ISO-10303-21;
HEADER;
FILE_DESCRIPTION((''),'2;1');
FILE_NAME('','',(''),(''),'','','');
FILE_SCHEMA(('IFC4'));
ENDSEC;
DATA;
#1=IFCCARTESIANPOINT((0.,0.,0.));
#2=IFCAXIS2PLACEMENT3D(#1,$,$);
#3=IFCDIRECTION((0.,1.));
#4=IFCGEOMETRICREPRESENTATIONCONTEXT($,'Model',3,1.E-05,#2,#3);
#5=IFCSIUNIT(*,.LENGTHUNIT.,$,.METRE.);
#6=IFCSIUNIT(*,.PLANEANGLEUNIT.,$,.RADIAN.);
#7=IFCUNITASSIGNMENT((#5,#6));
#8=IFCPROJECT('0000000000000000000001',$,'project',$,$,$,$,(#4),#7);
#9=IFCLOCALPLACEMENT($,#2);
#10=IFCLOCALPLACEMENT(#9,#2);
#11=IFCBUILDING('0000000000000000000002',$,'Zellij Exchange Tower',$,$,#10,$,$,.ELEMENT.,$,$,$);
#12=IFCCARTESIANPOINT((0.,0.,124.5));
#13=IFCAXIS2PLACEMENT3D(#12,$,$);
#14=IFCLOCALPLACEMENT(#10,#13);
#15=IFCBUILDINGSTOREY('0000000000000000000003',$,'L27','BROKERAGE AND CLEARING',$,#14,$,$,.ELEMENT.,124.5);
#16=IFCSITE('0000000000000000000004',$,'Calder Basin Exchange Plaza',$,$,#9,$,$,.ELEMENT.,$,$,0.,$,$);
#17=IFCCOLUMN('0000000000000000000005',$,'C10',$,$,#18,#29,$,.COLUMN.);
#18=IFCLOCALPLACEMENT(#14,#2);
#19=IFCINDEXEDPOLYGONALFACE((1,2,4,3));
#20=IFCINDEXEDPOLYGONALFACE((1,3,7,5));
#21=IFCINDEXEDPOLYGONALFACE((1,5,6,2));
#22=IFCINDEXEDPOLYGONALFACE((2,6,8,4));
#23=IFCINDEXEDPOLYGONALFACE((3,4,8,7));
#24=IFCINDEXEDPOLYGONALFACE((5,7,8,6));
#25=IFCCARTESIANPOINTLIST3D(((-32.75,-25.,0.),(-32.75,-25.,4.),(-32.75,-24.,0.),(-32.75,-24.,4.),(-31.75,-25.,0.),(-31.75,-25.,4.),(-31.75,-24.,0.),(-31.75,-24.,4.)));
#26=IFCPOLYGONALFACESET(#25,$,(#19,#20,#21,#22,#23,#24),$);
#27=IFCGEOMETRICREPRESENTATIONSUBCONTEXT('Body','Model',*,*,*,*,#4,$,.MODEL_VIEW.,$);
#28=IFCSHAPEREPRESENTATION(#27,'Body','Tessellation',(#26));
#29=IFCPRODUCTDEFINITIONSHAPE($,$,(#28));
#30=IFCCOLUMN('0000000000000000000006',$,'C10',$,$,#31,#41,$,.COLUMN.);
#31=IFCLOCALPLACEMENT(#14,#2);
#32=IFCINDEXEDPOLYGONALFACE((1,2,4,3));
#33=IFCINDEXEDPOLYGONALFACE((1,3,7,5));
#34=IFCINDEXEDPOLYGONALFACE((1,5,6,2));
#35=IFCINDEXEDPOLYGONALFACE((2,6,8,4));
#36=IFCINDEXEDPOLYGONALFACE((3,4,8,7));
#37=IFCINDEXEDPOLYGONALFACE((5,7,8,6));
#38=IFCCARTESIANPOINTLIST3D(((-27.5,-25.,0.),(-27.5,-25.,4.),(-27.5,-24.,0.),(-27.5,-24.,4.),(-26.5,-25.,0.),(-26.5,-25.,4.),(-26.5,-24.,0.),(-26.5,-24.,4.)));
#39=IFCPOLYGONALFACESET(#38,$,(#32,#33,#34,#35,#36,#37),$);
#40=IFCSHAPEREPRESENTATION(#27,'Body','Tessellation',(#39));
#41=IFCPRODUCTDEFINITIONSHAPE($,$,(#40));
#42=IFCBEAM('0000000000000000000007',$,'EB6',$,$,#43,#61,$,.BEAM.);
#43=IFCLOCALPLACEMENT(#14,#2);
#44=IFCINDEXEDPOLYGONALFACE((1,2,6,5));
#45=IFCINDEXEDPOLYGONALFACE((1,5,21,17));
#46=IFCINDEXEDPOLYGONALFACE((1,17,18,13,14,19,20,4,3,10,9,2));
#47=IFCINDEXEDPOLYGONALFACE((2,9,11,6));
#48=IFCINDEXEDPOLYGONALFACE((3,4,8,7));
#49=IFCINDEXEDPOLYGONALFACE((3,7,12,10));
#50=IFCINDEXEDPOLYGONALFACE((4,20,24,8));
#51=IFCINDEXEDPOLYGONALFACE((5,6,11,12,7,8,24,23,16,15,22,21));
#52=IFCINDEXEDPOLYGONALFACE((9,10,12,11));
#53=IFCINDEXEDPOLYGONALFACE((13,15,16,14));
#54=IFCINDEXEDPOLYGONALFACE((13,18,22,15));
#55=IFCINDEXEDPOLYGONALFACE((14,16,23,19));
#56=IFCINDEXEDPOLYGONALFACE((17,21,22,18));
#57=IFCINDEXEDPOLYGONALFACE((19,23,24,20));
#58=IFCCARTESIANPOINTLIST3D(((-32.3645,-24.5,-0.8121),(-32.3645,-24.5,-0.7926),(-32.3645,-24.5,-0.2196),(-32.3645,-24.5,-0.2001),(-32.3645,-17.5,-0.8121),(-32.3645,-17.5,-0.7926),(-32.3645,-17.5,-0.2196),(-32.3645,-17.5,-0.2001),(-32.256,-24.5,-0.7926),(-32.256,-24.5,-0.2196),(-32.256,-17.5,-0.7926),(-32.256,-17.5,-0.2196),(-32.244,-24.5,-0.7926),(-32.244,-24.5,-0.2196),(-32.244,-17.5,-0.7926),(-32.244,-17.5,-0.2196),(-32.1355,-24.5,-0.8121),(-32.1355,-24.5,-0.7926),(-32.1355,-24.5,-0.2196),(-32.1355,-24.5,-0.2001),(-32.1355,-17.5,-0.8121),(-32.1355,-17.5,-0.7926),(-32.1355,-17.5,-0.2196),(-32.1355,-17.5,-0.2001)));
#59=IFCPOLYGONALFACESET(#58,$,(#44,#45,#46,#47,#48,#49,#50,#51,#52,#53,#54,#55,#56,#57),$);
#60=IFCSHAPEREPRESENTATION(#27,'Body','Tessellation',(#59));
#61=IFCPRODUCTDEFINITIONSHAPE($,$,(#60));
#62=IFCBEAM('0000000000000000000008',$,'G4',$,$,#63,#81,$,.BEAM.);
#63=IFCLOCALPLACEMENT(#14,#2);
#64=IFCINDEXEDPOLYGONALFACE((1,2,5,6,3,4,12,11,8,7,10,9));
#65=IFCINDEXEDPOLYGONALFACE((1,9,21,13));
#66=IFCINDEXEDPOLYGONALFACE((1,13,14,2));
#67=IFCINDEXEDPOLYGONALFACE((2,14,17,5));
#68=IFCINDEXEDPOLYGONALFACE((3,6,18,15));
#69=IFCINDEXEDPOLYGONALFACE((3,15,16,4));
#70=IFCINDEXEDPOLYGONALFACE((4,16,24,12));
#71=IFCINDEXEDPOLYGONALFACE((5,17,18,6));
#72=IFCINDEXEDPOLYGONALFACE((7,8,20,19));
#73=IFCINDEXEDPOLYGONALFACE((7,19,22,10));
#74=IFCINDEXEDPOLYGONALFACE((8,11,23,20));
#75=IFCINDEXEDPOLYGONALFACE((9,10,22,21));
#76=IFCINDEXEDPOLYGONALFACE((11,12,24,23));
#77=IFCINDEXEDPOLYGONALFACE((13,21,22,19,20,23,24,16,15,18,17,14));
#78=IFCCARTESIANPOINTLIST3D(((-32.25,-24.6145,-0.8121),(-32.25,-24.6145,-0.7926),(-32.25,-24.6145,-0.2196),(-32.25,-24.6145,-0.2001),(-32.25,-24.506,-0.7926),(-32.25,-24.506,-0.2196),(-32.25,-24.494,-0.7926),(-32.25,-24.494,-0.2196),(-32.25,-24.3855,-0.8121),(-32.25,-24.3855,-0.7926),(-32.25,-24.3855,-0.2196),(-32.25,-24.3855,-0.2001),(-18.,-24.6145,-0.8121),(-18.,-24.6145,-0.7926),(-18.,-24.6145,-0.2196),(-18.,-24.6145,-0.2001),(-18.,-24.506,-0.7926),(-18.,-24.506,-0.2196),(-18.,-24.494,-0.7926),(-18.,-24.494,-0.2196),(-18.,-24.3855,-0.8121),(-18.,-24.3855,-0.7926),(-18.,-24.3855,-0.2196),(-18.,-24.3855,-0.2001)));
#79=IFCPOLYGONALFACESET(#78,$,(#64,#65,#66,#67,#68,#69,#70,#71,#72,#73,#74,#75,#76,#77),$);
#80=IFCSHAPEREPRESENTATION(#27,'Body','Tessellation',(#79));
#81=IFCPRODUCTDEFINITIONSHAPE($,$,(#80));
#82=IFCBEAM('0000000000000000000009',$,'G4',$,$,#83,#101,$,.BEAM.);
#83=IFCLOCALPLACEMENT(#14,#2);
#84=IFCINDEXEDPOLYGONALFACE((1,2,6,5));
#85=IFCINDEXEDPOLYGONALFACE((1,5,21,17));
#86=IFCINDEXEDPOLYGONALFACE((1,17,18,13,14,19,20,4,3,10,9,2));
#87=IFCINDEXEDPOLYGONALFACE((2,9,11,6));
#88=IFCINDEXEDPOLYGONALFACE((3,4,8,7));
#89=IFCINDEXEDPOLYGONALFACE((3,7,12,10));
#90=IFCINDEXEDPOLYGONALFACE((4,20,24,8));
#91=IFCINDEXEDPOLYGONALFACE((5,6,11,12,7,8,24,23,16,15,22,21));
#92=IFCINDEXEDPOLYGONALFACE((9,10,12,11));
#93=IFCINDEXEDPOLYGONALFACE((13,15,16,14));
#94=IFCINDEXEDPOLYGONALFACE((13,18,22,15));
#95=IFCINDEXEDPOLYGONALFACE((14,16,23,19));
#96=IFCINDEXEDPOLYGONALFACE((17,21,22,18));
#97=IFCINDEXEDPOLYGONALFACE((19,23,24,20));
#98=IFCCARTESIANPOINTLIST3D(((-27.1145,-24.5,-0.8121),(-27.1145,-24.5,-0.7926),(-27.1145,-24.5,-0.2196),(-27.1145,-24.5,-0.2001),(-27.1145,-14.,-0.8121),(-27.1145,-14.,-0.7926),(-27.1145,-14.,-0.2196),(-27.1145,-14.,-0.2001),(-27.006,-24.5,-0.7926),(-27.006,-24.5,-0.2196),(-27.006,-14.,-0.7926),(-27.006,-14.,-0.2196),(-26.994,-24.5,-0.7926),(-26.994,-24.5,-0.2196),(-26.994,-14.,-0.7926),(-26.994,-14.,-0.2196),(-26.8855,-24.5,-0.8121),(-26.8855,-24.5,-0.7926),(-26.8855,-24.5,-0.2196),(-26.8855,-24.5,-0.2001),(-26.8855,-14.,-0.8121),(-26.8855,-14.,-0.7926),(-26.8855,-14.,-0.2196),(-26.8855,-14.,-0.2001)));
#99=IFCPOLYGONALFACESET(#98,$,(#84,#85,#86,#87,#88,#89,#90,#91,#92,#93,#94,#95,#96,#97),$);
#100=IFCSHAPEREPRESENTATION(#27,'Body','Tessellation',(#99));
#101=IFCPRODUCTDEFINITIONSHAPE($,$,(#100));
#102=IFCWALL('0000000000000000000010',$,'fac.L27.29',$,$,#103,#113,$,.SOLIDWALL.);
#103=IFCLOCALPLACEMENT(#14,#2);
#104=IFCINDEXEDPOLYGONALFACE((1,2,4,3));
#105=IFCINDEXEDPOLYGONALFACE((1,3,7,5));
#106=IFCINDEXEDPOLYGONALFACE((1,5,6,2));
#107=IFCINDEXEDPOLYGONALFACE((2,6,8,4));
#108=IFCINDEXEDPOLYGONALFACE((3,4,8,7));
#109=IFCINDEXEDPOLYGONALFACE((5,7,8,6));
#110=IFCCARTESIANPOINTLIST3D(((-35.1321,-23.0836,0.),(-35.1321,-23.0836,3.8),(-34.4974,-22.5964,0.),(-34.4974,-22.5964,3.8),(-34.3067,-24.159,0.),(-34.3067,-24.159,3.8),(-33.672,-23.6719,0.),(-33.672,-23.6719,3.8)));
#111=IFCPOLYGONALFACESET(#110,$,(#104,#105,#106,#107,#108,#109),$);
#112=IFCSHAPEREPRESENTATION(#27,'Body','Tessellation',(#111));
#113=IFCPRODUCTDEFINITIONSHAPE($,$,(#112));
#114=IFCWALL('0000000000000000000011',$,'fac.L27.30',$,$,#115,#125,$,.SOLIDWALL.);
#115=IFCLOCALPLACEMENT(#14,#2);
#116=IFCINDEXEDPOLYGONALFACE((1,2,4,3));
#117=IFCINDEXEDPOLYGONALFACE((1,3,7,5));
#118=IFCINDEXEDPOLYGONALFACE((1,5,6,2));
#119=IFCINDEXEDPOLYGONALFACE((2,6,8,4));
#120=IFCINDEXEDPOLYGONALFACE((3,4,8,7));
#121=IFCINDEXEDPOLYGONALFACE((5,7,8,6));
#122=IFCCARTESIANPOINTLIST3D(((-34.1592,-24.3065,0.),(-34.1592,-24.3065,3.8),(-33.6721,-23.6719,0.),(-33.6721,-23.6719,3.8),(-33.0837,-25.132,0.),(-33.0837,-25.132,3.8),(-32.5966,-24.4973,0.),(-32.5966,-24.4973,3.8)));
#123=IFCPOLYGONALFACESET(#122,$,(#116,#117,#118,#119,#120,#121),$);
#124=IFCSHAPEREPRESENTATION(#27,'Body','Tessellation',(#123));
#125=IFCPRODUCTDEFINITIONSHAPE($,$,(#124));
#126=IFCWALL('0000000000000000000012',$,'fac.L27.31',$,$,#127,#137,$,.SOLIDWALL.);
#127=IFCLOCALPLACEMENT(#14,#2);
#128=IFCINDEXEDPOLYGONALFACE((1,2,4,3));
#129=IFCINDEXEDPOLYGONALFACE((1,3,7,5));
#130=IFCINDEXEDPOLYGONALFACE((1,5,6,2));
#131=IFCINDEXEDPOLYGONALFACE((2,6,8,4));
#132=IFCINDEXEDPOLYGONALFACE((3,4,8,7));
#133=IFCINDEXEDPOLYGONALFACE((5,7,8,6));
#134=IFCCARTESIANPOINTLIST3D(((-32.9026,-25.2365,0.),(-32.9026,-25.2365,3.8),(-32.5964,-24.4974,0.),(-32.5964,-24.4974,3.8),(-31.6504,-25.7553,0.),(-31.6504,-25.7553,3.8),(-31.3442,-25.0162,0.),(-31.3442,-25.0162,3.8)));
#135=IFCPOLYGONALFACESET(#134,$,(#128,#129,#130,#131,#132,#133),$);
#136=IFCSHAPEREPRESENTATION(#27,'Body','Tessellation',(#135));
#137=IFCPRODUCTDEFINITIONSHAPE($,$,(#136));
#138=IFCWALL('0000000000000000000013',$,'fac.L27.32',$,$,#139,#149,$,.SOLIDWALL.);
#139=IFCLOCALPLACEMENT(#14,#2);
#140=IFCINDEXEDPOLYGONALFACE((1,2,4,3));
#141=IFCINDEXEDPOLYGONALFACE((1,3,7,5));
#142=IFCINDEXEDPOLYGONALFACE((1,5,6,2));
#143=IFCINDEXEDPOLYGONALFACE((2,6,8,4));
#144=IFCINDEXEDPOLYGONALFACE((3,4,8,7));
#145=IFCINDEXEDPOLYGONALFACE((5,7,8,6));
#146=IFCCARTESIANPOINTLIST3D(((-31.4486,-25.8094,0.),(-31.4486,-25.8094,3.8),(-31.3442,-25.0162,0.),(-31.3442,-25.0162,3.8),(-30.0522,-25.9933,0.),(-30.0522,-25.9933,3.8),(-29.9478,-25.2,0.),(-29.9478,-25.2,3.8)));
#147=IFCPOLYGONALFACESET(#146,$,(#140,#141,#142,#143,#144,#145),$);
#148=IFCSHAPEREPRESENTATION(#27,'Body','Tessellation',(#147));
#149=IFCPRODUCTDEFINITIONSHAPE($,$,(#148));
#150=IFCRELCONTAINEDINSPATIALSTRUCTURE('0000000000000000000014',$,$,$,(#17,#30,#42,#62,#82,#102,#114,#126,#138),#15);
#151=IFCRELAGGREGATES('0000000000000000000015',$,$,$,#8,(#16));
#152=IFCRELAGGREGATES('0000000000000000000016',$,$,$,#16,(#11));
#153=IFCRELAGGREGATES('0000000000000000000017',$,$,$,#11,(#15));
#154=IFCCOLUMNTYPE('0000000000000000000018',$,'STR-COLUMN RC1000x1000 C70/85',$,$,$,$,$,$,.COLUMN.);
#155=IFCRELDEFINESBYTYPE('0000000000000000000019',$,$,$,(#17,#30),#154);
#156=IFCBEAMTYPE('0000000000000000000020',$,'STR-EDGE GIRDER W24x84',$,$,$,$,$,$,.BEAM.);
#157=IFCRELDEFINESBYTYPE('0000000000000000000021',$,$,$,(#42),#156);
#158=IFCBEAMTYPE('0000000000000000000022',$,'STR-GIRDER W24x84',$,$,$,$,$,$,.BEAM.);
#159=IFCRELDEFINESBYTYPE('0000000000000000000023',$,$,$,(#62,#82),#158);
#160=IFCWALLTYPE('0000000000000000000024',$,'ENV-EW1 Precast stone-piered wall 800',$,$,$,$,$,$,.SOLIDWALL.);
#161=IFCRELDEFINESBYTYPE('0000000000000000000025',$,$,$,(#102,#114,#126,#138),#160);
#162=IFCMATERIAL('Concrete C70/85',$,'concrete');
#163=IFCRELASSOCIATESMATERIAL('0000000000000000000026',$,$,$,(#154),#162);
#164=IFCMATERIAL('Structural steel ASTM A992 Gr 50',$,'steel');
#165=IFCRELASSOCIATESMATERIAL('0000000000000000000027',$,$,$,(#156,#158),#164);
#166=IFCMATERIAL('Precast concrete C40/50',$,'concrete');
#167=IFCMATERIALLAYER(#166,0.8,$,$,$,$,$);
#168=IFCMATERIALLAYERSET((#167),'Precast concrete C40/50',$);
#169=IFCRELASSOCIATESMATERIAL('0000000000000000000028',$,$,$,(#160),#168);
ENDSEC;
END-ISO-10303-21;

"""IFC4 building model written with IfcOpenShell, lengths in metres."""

from ifc_helpers import new_model, si_unit, direction, frame, frame_2d, origin, origin_2d, place, context, subcontext, project, spatial, rectangle, i_section, extrude, material, layer, layer_set, material_profile, profile_set, type_object, element, save


model = new_model("IFC4")

# Units and contexts
model_context = context("Model", 3, precision=1e-05, world=origin(), true_north=direction((0.0, 1.0)))
body_context = subcontext(model_context, "Body", "Model", "MODEL_VIEW")
ifc_project = project(units=[si_unit("LENGTHUNIT", "METRE"), si_unit("PLANEANGLEUNIT", "RADIAN")], contexts=[model_context])

# Site, building, storey
site_placement = place(None, origin())
site = spatial("IfcSite", under=ifc_project, at=site_placement, Name="Calder Basin Exchange Plaza", CompositionType="ELEMENT", RefElevation=0.0)
building_placement = place(site_placement, origin())
building = spatial("IfcBuilding", under=site, at=building_placement, Name="Zellij Exchange Tower", CompositionType="ELEMENT")
storey_placement = place(building_placement, frame((0.0, 0.0, 124.5)))
storey = spatial("IfcBuildingStorey", under=building, at=storey_placement, Name="L27", Description="BROKERAGE AND CLEARING", CompositionType="ELEMENT", Elevation=124.5)

# Columns
ifc_material_1 = material(Name="Concrete C70/85", Category="concrete")
ifc_material_profile_1 = material_profile(ifc_material_1, rectangle(XDim=1.0, YDim=1.0, at=origin_2d()), Name="STR-COLUMN RC1000x1000 C70/85")
ifc_profile_set_1 = profile_set([ifc_material_profile_1], Name="Concrete C70/85")
column_type = type_object("IfcColumnType", Name="STR-COLUMN RC1000x1000 C70/85", PredefinedType="COLUMN", material=ifc_profile_set_1)
for number, where, z_axis, x_axis, name in (
    (1, (-32.25, -24.5, 0.0), (0.0, 0.0, 1.0), (1.0, 0.0, 0.0), "C10"),
    (2, (-27.0, -24.5, 0.0), (0.0, 0.0, 1.0), (1.0, 0.0, 0.0), "C10"),
):
    element("IfcColumn", number, at=place(storey_placement, frame(where, z_axis=z_axis, x_axis=x_axis)), inside=storey, type_object=column_type, Name=name, PredefinedType="COLUMN", context=body_context, shape_type="SweptSolid", body=[
        extrude(rectangle(XDim=1.0, YDim=1.0, at=origin_2d()), origin(), (0.0, 0.0, 1.0), 4.0),
    ])

# Beams
ifc_material_2 = material(Name="Structural steel ASTM A992 Gr 50", Category="steel")
ifc_material_profile_2 = material_profile(ifc_material_2, i_section(OverallWidth=0.229, OverallDepth=0.6121, WebThickness=0.012, FlangeThickness=0.0195, at=origin_2d()), Name="W24x84")
ifc_profile_set_2 = profile_set([ifc_material_profile_2], Name="Structural steel ASTM A992 Gr 50")
beam_type_1 = type_object("IfcBeamType", Name="STR-EDGE GIRDER W24x84", PredefinedType="BEAM", material=ifc_profile_set_2)
beam_1_placement = place(storey_placement, frame((-32.25, -24.5, -0.5061), z_axis=(0.0, 1.0, 0.0), x_axis=(-1.0, 0.0, 0.0)))
element("IfcBeam", 3, at=beam_1_placement, inside=storey, type_object=beam_type_1, Name="EB6", PredefinedType="BEAM", context=body_context, shape_type="SweptSolid", body=[
    extrude(i_section(OverallWidth=0.229, OverallDepth=0.6121, WebThickness=0.012, FlangeThickness=0.0195, at=origin_2d()), origin(), (0.0, 0.0, 1.0), 7.0),
])
ifc_material_profile_3 = material_profile(ifc_material_2, i_section(OverallWidth=0.229, OverallDepth=0.6121, WebThickness=0.012, FlangeThickness=0.0195, at=origin_2d()), Name="W24x84")
ifc_profile_set_3 = profile_set([ifc_material_profile_3], Name="Structural steel ASTM A992 Gr 50")
beam_type_2 = type_object("IfcBeamType", Name="STR-GIRDER W24x84", PredefinedType="BEAM", material=ifc_profile_set_3)
beam_2_placement = place(storey_placement, frame((-32.25, -24.5, -0.5061), z_axis=(1.0, 0.0, 0.0), x_axis=(0.0, 1.0, 0.0)))
element("IfcBeam", 4, at=beam_2_placement, inside=storey, type_object=beam_type_2, Name="G4", PredefinedType="BEAM", context=body_context, shape_type="SweptSolid", body=[
    extrude(i_section(OverallWidth=0.229, OverallDepth=0.6121, WebThickness=0.012, FlangeThickness=0.0195, at=origin_2d()), origin(), (0.0, 0.0, 1.0), 14.25),
])
beam_3_placement = place(storey_placement, frame((-27.0, -24.5, -0.5061), z_axis=(0.0, 1.0, 0.0), x_axis=(-1.0, 0.0, 0.0)))
element("IfcBeam", 5, at=beam_3_placement, inside=storey, type_object=beam_type_2, Name="G4", PredefinedType="BEAM", context=body_context, shape_type="SweptSolid", body=[
    extrude(i_section(OverallWidth=0.229, OverallDepth=0.6121, WebThickness=0.012, FlangeThickness=0.0195, at=origin_2d()), origin(), (0.0, 0.0, 1.0), 10.5),
])

# Shared definitions
ifc_material_3 = material(Name="Precast concrete C40/50", Category="concrete")
ifc_layer = layer(ifc_material_3, 0.8)
ifc_layer_set = layer_set([ifc_layer], Name="Precast concrete C40/50")
wall_type = type_object("IfcWallType", Name="ENV-EW1 Precast stone-piered wall 800", PredefinedType="SOLIDWALL", material=ifc_layer_set)

# Walls
for number, where, z_axis, x_axis, name in (
    (6, (-34.8147, -22.8401, 0.0), (0.0, 0.0, 1.0), (0.608866, -0.793273, 0.0), "fac.L27.29"),
    (7, (-33.9155, -23.9893, 0.0), (0.0, 0.0, 1.0), (0.793273, -0.608866, 0.0), "fac.L27.30"),
):
    element("IfcWall", number, at=place(storey_placement, frame(where, z_axis=z_axis, x_axis=x_axis)), inside=storey, type_object=wall_type, Name=name, PredefinedType="SOLIDWALL", context=body_context, shape_type="SweptSolid", body=[
        extrude(rectangle(XDim=1.3557, YDim=0.8, at=frame_2d((0.6777, 0.0))), origin(), (0.0, 0.0, 1.0), 3.8),
    ])
wall_1_placement = place(storey_placement, frame((-32.7495, -24.8669, 0.0), z_axis=(0.0, 0.0, 1.0), x_axis=(0.923848, -0.38276, 0.0)))
element("IfcWall", 8, at=wall_1_placement, inside=storey, type_object=wall_type, Name="fac.L27.31", PredefinedType="SOLIDWALL", context=body_context, shape_type="SweptSolid", body=[
    extrude(rectangle(XDim=1.3555, YDim=0.8, at=frame_2d((0.6777, 0.0))), origin(), (0.0, 0.0, 1.0), 3.8),
])
wall_2_placement = place(storey_placement, frame((-31.3962, -25.4128, 0.0), z_axis=(0.0, 0.0, 1.0), x_axis=(0.991446, -0.130517, 0.0)))
element("IfcWall", 9, at=wall_2_placement, inside=storey, type_object=wall_type, Name="fac.L27.32", PredefinedType="SOLIDWALL", context=body_context, shape_type="SweptSolid", body=[
    extrude(rectangle(XDim=1.4084, YDim=0.8, at=frame_2d((0.7041, 0.0))), origin(), (0.0, 0.0, 1.0), 3.8),
])

save(model, "model.ifc")
